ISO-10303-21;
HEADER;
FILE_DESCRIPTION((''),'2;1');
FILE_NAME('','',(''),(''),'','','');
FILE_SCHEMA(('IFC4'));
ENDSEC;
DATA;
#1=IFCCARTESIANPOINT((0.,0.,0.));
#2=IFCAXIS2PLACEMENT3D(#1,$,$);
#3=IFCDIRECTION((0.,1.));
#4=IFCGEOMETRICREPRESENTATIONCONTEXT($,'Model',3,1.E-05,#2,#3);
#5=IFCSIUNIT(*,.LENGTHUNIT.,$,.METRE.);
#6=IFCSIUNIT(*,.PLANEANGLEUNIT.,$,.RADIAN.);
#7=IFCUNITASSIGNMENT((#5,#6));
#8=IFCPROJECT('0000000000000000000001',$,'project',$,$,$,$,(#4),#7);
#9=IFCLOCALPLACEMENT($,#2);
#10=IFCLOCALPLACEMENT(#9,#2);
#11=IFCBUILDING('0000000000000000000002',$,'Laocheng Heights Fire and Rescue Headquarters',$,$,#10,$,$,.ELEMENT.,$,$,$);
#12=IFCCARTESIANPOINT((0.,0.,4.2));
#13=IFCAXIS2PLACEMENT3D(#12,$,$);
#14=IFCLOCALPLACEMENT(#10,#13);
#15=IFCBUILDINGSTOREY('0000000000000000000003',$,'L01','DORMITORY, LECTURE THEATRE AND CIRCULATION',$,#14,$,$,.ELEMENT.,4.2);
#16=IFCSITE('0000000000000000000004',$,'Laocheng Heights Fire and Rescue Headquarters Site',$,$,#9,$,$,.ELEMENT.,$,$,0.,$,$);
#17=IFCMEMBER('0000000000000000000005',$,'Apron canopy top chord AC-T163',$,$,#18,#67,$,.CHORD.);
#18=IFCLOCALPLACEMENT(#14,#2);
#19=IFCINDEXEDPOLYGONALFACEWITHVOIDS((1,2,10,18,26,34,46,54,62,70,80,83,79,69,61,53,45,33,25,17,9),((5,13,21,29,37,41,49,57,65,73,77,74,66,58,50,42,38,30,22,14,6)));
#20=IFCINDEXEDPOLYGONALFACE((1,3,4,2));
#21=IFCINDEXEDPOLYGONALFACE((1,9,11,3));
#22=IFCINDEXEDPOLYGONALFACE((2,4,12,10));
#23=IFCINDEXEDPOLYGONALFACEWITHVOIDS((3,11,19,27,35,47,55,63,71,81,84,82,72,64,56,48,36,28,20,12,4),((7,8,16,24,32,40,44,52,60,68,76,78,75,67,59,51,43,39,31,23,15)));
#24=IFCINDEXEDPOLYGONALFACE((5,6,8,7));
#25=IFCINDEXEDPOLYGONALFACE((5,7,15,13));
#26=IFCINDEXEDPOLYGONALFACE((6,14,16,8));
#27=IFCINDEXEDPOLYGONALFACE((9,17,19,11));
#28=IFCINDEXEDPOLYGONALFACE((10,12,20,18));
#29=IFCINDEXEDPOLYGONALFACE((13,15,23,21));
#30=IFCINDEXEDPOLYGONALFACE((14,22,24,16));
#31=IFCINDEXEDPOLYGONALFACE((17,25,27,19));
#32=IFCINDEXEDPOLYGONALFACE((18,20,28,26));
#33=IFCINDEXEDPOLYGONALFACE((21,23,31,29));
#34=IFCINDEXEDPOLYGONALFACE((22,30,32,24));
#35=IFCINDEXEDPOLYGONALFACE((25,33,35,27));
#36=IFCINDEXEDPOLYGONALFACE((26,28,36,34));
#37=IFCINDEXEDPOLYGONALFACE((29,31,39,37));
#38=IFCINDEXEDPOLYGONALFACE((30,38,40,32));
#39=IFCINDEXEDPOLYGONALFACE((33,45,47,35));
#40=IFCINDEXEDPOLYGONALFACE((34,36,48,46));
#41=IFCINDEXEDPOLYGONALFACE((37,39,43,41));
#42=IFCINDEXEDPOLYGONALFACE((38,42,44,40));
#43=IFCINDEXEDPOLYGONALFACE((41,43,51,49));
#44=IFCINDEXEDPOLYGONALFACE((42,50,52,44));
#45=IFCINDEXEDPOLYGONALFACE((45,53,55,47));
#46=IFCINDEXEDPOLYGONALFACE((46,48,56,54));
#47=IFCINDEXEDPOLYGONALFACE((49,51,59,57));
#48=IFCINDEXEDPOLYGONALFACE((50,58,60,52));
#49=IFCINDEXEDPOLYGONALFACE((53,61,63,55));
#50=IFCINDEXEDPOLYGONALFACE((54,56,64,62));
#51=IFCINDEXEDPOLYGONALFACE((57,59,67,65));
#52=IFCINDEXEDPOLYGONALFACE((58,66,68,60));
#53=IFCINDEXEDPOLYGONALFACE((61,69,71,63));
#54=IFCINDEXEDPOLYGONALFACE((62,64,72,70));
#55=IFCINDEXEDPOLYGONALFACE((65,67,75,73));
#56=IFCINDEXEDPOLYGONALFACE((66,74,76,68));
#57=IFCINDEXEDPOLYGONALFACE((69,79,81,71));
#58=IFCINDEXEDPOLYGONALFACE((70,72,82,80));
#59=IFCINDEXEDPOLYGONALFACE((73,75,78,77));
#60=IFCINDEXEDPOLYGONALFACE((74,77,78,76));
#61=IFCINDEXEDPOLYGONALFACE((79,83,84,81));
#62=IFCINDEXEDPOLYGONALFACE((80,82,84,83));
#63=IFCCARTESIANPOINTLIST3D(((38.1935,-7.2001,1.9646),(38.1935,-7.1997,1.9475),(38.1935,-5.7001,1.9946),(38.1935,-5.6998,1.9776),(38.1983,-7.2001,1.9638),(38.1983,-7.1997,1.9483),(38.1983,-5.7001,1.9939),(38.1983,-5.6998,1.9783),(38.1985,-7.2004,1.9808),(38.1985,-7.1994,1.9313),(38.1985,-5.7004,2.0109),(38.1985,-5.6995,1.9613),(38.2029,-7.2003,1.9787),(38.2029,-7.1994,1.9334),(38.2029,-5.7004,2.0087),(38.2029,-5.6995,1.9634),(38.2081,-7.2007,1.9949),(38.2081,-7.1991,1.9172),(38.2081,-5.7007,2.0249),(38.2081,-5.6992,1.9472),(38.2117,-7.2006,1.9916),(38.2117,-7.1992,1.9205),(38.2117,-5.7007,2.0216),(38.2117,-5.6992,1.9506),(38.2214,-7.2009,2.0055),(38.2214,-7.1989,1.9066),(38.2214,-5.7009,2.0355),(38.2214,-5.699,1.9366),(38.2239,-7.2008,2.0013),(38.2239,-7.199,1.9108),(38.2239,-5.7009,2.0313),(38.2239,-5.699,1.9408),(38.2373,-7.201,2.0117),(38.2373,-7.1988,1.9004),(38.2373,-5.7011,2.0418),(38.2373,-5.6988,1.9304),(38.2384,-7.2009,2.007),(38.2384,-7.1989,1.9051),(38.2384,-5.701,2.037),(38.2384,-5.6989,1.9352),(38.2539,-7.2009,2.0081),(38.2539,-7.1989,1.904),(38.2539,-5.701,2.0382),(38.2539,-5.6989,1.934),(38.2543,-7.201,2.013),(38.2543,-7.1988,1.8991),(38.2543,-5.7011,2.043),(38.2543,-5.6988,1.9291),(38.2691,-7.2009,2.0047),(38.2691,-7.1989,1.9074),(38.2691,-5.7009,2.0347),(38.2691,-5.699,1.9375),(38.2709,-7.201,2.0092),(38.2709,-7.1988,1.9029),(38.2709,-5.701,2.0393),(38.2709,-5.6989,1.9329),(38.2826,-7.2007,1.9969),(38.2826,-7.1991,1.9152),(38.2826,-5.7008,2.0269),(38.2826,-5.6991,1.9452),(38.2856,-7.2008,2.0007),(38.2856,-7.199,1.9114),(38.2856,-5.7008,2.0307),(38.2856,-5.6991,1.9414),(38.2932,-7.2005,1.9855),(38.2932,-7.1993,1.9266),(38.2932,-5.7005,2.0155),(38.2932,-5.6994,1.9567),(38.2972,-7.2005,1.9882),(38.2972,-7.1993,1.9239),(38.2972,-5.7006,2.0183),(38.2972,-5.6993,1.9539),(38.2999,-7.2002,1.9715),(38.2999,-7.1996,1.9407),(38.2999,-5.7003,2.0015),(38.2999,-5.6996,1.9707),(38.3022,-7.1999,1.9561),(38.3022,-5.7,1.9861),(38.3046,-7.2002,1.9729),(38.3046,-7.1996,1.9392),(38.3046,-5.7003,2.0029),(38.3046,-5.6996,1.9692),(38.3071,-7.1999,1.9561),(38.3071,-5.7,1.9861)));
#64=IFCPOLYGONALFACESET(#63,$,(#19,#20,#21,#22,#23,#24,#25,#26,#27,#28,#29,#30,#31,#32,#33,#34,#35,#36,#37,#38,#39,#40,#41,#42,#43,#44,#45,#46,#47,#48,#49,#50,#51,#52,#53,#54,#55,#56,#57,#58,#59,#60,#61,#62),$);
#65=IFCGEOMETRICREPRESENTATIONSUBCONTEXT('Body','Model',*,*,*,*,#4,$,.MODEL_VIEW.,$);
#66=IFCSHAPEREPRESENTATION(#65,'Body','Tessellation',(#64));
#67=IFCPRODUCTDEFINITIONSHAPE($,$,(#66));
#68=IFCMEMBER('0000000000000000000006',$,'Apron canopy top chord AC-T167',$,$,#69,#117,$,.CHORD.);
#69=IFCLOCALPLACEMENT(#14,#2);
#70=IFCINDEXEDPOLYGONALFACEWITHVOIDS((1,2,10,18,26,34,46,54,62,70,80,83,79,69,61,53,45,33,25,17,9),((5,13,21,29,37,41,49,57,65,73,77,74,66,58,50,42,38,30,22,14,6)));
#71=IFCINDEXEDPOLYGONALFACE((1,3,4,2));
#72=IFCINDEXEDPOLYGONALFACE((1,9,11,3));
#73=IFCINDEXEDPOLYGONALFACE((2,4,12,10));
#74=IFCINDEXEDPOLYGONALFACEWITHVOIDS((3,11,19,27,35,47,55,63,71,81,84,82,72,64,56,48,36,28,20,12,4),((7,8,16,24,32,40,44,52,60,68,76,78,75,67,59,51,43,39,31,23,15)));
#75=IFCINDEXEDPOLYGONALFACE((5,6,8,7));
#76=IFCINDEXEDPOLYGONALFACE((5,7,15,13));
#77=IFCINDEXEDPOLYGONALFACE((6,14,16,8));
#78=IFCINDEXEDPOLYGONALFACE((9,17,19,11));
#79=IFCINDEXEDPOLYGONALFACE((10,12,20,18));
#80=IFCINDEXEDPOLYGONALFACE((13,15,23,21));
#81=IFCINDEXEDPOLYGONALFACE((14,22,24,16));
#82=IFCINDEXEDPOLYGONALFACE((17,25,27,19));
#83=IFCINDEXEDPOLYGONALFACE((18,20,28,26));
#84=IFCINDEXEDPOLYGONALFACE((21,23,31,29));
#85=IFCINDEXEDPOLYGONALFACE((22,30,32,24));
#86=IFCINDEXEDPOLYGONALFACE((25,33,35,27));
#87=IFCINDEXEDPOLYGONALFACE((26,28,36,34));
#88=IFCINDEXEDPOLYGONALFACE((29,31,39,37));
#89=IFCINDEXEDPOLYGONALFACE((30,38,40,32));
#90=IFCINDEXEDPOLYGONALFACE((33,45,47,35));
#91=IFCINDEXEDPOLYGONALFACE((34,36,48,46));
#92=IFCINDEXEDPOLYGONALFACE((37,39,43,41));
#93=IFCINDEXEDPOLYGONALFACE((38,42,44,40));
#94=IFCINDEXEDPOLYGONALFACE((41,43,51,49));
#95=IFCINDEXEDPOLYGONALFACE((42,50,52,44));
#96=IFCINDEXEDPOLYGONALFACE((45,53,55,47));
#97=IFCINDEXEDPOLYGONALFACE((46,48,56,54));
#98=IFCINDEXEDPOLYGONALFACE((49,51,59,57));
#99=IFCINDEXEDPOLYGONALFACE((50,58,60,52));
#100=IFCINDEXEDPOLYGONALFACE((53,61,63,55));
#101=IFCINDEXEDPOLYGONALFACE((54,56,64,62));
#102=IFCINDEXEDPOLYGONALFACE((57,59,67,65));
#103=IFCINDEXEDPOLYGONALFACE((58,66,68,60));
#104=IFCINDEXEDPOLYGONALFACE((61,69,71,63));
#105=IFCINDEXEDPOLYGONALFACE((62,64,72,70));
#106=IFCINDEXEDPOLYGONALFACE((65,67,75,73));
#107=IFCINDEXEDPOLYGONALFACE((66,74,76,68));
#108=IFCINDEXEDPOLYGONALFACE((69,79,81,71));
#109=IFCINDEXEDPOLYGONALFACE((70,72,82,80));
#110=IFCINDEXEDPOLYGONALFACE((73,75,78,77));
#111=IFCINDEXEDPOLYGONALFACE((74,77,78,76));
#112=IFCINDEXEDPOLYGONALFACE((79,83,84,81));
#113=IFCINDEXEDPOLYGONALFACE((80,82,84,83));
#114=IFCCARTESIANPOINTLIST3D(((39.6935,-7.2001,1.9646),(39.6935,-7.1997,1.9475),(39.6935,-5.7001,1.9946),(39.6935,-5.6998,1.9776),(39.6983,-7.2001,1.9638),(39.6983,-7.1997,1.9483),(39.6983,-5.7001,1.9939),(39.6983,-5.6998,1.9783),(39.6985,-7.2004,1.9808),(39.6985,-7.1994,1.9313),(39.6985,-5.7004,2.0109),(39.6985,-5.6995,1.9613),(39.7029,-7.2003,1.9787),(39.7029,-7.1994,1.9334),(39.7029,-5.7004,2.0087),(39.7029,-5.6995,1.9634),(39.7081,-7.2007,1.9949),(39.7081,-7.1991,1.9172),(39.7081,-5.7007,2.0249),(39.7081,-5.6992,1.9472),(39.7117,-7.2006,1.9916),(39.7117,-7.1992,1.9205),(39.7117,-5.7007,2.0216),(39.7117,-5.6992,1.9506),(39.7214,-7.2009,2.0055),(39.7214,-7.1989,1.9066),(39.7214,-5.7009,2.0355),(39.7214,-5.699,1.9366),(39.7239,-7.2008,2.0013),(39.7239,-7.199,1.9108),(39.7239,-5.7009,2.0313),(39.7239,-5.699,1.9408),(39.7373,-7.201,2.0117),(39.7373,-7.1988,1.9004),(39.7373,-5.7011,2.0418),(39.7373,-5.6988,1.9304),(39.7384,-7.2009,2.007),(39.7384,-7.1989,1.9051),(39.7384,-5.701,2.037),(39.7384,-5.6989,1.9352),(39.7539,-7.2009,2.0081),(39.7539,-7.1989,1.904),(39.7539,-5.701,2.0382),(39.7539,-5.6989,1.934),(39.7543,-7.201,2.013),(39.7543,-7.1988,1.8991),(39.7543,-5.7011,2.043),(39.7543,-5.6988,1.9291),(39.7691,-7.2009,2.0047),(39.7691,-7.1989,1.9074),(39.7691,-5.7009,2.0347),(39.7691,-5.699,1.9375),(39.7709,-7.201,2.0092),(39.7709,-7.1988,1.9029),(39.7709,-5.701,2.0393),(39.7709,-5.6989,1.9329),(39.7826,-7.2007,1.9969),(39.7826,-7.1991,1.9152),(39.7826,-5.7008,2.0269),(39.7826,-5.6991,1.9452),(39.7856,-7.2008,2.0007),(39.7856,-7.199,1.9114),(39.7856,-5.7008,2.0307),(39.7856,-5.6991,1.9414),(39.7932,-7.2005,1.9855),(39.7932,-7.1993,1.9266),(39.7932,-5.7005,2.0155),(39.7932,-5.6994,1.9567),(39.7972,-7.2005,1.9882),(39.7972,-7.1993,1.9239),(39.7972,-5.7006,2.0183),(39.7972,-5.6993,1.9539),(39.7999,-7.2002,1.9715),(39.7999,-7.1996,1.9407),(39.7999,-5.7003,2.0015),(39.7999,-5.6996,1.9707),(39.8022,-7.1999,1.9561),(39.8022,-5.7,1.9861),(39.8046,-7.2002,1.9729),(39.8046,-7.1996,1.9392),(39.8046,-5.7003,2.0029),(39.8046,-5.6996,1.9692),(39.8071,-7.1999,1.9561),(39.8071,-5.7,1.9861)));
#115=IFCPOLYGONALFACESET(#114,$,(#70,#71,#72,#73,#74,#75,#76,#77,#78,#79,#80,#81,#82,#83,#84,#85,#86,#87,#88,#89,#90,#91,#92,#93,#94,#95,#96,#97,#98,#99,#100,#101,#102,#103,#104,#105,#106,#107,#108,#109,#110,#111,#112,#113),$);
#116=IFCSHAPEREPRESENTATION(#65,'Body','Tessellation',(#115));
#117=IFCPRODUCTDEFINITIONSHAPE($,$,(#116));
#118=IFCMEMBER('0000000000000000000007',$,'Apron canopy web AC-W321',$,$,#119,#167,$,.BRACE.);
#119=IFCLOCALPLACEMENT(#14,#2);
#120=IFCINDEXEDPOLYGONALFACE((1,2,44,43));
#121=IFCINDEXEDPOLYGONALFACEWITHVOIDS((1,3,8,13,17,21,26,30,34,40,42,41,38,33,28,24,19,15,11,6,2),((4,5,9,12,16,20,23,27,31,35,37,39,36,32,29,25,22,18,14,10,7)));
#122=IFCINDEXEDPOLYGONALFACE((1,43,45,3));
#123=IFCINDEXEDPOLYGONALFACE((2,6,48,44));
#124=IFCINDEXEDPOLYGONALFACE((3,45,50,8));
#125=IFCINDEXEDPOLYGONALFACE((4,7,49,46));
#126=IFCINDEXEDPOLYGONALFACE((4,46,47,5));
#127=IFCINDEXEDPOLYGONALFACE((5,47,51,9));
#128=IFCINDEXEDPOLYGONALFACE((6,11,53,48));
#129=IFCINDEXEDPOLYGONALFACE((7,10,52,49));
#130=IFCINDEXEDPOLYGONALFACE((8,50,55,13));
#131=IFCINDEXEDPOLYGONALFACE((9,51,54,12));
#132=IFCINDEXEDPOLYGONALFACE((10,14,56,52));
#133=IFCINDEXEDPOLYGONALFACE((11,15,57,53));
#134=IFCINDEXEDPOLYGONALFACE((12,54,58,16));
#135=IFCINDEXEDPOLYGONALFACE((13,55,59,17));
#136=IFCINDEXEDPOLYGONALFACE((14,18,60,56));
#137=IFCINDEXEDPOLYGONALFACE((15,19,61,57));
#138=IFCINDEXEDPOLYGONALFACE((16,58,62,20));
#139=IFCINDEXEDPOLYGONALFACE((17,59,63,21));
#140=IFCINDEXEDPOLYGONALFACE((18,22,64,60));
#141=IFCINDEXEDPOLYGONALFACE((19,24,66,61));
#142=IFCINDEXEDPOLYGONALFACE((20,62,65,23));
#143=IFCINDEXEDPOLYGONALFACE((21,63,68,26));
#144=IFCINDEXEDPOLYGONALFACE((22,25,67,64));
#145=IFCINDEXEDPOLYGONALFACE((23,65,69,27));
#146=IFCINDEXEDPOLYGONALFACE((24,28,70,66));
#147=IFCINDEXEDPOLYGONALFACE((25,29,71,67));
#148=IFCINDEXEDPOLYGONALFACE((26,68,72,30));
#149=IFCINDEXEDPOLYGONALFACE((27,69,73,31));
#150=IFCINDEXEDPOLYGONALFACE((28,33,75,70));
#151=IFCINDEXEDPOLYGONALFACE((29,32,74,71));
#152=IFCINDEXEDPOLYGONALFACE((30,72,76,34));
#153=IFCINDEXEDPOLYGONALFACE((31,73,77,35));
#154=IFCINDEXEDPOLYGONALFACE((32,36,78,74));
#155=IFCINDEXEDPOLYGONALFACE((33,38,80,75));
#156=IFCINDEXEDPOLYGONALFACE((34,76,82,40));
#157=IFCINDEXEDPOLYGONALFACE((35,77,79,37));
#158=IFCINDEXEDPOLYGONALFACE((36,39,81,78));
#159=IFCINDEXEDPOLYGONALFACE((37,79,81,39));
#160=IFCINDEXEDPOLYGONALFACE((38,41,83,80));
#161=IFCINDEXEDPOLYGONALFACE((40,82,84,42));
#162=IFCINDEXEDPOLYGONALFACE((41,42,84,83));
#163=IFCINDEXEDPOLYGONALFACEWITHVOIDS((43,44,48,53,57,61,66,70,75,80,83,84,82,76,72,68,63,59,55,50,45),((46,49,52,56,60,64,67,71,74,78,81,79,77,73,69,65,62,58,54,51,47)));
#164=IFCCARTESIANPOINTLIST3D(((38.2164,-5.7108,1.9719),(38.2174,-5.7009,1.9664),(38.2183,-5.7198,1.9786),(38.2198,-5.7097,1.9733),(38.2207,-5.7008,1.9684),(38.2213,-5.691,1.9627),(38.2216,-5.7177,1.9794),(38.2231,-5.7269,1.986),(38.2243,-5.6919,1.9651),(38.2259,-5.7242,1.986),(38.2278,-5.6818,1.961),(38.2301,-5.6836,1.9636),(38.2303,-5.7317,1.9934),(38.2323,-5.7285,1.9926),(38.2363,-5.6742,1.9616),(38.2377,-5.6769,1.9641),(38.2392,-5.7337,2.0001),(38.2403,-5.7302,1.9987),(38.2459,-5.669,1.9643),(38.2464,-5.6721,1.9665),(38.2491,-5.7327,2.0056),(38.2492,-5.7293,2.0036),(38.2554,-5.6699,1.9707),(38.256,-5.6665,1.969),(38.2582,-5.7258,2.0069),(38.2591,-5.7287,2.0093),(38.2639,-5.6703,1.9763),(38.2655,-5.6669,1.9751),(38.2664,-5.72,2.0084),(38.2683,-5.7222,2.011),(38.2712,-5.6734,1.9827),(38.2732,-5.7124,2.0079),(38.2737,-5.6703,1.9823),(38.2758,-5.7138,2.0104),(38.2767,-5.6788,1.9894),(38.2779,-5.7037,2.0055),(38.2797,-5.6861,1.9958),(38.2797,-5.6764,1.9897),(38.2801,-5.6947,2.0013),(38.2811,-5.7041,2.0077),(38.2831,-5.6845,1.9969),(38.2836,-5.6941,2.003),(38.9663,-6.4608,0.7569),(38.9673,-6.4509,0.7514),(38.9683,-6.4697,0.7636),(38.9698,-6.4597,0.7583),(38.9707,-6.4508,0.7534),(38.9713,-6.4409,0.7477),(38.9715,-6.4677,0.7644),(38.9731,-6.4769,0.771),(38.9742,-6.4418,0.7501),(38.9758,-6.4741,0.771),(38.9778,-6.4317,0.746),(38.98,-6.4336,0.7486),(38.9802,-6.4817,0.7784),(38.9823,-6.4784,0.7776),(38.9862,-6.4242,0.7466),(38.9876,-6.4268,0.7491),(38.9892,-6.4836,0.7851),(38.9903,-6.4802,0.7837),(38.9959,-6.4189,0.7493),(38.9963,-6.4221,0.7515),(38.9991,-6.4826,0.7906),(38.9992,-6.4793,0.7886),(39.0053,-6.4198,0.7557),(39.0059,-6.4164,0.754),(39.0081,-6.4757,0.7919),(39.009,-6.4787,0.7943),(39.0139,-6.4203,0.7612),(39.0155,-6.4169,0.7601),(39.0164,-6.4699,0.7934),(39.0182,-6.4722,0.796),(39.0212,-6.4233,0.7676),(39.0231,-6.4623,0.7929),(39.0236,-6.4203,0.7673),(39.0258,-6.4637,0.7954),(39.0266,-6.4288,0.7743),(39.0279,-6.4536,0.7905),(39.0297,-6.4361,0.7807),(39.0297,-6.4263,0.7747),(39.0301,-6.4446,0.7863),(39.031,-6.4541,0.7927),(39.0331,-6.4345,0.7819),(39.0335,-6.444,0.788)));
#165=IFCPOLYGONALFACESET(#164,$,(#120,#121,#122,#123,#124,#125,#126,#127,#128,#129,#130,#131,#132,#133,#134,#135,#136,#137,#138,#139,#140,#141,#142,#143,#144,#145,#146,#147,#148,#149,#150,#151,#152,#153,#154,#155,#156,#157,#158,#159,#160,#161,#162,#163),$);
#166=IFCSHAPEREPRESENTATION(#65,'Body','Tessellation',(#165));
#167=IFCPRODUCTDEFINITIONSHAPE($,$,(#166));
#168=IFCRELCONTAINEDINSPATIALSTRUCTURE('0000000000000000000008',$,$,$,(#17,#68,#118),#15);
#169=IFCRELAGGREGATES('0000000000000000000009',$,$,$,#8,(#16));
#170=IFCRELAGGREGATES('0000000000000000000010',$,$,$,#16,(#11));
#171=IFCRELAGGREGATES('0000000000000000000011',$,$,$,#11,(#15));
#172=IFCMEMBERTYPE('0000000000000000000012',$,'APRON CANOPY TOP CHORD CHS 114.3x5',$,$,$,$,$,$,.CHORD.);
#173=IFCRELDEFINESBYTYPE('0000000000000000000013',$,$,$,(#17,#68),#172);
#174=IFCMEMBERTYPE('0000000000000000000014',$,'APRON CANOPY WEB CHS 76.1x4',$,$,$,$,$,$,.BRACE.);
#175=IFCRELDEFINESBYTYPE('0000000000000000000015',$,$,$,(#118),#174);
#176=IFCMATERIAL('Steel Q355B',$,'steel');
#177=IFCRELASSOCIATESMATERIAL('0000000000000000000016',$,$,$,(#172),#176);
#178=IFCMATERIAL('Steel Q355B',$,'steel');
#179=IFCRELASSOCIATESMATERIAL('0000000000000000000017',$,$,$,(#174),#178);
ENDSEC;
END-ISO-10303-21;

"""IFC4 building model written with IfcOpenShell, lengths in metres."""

from ifc_helpers import new_model, si_unit, direction, frame, origin, origin_2d, place, context, subcontext, project, spatial, hollow_circle, extrude, material, material_profile, profile_set, type_object, element, save


model = new_model("IFC4")

# Units and contexts
model_context = context("Model", 3, precision=1e-05, world=origin(), true_north=direction((0.0, 1.0)))
body_context = subcontext(model_context, "Body", "Model", "MODEL_VIEW")
ifc_project = project(units=[si_unit("LENGTHUNIT", "METRE"), si_unit("PLANEANGLEUNIT", "RADIAN")], contexts=[model_context])

# Site, building, storey
site_placement = place(None, origin())
site = spatial("IfcSite", under=ifc_project, at=site_placement, Name="Laocheng Heights Fire and Rescue Headquarters Site", CompositionType="ELEMENT", RefElevation=0.0)
building_placement = place(site_placement, origin())
building = spatial("IfcBuilding", under=site, at=building_placement, Name="Laocheng Heights Fire and Rescue Headquarters", CompositionType="ELEMENT")
storey_placement = place(building_placement, frame((0.0, 0.0, 4.2)))
storey = spatial("IfcBuildingStorey", under=building, at=storey_placement, Name="L01", Description="DORMITORY, LECTURE THEATRE AND CIRCULATION", CompositionType="ELEMENT", Elevation=4.2)

# Members
ifc_material_1 = material(Name="Steel Q355B", Category="steel")
ifc_material_profile_1 = material_profile(ifc_material_1, hollow_circle(Radius=0.0571, WallThickness=0.0049, at=origin_2d()), Name="CHS 114.3x5")
ifc_profile_set_1 = profile_set([ifc_material_profile_1], Name="Steel Q355B")
member_type_1 = type_object("IfcMemberType", Name="APRON CANOPY TOP CHORD CHS 114.3x5", PredefinedType="CHORD", material=ifc_profile_set_1)
for number, where, z_axis, x_axis, name in (
    (1, (38.25, -5.7, 1.9861), (0.0, -0.9998, -0.020016), (1.0, 0.0, 0.0), "Apron canopy top chord AC-T163"),
    (2, (39.75, -5.7, 1.9861), (0.0, -0.9998, -0.020016), (1.0, 0.0, 0.0), "Apron canopy top chord AC-T167"),
):
    element("IfcMember", number, at=place(storey_placement, frame(where, z_axis=z_axis, x_axis=x_axis)), inside=storey, type_object=member_type_1, Name=name, PredefinedType="CHORD", context=body_context, shape_type="SweptSolid", body=[
        extrude(hollow_circle(Radius=0.0571, WallThickness=0.0049, at=origin_2d()), origin(), (0.0, 0.0, 1.0), 1.5002),
    ])
ifc_material_2 = material(Name="Steel Q355B", Category="steel")
ifc_material_profile_2 = material_profile(ifc_material_2, hollow_circle(Radius=0.0381, WallThickness=0.0039, at=origin_2d()), Name="CHS 76.1x4")
ifc_profile_set_2 = profile_set([ifc_material_profile_2], Name="Steel Q355B")
member_type_2 = type_object("IfcMemberType", Name="APRON CANOPY WEB CHS 76.1x4", PredefinedType="BRACE", material=ifc_profile_set_2)
for number, where, z_axis, x_axis, name in (
    (3, (39.0, -6.45, 0.771), (-0.465002, 0.465002, 0.753357), (-0.707107, -0.707107, 0.0), "Apron canopy web AC-W321"),
):
    element("IfcMember", number, at=place(storey_placement, frame(where, z_axis=z_axis, x_axis=x_axis)), inside=storey, type_object=member_type_2, Name=name, PredefinedType="BRACE", context=body_context, shape_type="SweptSolid", body=[
        extrude(hollow_circle(Radius=0.0381, WallThickness=0.0039, at=origin_2d()), origin(), (0.0, 0.0, 1.0), 1.6128),
    ])

save(model, "model.ifc")
